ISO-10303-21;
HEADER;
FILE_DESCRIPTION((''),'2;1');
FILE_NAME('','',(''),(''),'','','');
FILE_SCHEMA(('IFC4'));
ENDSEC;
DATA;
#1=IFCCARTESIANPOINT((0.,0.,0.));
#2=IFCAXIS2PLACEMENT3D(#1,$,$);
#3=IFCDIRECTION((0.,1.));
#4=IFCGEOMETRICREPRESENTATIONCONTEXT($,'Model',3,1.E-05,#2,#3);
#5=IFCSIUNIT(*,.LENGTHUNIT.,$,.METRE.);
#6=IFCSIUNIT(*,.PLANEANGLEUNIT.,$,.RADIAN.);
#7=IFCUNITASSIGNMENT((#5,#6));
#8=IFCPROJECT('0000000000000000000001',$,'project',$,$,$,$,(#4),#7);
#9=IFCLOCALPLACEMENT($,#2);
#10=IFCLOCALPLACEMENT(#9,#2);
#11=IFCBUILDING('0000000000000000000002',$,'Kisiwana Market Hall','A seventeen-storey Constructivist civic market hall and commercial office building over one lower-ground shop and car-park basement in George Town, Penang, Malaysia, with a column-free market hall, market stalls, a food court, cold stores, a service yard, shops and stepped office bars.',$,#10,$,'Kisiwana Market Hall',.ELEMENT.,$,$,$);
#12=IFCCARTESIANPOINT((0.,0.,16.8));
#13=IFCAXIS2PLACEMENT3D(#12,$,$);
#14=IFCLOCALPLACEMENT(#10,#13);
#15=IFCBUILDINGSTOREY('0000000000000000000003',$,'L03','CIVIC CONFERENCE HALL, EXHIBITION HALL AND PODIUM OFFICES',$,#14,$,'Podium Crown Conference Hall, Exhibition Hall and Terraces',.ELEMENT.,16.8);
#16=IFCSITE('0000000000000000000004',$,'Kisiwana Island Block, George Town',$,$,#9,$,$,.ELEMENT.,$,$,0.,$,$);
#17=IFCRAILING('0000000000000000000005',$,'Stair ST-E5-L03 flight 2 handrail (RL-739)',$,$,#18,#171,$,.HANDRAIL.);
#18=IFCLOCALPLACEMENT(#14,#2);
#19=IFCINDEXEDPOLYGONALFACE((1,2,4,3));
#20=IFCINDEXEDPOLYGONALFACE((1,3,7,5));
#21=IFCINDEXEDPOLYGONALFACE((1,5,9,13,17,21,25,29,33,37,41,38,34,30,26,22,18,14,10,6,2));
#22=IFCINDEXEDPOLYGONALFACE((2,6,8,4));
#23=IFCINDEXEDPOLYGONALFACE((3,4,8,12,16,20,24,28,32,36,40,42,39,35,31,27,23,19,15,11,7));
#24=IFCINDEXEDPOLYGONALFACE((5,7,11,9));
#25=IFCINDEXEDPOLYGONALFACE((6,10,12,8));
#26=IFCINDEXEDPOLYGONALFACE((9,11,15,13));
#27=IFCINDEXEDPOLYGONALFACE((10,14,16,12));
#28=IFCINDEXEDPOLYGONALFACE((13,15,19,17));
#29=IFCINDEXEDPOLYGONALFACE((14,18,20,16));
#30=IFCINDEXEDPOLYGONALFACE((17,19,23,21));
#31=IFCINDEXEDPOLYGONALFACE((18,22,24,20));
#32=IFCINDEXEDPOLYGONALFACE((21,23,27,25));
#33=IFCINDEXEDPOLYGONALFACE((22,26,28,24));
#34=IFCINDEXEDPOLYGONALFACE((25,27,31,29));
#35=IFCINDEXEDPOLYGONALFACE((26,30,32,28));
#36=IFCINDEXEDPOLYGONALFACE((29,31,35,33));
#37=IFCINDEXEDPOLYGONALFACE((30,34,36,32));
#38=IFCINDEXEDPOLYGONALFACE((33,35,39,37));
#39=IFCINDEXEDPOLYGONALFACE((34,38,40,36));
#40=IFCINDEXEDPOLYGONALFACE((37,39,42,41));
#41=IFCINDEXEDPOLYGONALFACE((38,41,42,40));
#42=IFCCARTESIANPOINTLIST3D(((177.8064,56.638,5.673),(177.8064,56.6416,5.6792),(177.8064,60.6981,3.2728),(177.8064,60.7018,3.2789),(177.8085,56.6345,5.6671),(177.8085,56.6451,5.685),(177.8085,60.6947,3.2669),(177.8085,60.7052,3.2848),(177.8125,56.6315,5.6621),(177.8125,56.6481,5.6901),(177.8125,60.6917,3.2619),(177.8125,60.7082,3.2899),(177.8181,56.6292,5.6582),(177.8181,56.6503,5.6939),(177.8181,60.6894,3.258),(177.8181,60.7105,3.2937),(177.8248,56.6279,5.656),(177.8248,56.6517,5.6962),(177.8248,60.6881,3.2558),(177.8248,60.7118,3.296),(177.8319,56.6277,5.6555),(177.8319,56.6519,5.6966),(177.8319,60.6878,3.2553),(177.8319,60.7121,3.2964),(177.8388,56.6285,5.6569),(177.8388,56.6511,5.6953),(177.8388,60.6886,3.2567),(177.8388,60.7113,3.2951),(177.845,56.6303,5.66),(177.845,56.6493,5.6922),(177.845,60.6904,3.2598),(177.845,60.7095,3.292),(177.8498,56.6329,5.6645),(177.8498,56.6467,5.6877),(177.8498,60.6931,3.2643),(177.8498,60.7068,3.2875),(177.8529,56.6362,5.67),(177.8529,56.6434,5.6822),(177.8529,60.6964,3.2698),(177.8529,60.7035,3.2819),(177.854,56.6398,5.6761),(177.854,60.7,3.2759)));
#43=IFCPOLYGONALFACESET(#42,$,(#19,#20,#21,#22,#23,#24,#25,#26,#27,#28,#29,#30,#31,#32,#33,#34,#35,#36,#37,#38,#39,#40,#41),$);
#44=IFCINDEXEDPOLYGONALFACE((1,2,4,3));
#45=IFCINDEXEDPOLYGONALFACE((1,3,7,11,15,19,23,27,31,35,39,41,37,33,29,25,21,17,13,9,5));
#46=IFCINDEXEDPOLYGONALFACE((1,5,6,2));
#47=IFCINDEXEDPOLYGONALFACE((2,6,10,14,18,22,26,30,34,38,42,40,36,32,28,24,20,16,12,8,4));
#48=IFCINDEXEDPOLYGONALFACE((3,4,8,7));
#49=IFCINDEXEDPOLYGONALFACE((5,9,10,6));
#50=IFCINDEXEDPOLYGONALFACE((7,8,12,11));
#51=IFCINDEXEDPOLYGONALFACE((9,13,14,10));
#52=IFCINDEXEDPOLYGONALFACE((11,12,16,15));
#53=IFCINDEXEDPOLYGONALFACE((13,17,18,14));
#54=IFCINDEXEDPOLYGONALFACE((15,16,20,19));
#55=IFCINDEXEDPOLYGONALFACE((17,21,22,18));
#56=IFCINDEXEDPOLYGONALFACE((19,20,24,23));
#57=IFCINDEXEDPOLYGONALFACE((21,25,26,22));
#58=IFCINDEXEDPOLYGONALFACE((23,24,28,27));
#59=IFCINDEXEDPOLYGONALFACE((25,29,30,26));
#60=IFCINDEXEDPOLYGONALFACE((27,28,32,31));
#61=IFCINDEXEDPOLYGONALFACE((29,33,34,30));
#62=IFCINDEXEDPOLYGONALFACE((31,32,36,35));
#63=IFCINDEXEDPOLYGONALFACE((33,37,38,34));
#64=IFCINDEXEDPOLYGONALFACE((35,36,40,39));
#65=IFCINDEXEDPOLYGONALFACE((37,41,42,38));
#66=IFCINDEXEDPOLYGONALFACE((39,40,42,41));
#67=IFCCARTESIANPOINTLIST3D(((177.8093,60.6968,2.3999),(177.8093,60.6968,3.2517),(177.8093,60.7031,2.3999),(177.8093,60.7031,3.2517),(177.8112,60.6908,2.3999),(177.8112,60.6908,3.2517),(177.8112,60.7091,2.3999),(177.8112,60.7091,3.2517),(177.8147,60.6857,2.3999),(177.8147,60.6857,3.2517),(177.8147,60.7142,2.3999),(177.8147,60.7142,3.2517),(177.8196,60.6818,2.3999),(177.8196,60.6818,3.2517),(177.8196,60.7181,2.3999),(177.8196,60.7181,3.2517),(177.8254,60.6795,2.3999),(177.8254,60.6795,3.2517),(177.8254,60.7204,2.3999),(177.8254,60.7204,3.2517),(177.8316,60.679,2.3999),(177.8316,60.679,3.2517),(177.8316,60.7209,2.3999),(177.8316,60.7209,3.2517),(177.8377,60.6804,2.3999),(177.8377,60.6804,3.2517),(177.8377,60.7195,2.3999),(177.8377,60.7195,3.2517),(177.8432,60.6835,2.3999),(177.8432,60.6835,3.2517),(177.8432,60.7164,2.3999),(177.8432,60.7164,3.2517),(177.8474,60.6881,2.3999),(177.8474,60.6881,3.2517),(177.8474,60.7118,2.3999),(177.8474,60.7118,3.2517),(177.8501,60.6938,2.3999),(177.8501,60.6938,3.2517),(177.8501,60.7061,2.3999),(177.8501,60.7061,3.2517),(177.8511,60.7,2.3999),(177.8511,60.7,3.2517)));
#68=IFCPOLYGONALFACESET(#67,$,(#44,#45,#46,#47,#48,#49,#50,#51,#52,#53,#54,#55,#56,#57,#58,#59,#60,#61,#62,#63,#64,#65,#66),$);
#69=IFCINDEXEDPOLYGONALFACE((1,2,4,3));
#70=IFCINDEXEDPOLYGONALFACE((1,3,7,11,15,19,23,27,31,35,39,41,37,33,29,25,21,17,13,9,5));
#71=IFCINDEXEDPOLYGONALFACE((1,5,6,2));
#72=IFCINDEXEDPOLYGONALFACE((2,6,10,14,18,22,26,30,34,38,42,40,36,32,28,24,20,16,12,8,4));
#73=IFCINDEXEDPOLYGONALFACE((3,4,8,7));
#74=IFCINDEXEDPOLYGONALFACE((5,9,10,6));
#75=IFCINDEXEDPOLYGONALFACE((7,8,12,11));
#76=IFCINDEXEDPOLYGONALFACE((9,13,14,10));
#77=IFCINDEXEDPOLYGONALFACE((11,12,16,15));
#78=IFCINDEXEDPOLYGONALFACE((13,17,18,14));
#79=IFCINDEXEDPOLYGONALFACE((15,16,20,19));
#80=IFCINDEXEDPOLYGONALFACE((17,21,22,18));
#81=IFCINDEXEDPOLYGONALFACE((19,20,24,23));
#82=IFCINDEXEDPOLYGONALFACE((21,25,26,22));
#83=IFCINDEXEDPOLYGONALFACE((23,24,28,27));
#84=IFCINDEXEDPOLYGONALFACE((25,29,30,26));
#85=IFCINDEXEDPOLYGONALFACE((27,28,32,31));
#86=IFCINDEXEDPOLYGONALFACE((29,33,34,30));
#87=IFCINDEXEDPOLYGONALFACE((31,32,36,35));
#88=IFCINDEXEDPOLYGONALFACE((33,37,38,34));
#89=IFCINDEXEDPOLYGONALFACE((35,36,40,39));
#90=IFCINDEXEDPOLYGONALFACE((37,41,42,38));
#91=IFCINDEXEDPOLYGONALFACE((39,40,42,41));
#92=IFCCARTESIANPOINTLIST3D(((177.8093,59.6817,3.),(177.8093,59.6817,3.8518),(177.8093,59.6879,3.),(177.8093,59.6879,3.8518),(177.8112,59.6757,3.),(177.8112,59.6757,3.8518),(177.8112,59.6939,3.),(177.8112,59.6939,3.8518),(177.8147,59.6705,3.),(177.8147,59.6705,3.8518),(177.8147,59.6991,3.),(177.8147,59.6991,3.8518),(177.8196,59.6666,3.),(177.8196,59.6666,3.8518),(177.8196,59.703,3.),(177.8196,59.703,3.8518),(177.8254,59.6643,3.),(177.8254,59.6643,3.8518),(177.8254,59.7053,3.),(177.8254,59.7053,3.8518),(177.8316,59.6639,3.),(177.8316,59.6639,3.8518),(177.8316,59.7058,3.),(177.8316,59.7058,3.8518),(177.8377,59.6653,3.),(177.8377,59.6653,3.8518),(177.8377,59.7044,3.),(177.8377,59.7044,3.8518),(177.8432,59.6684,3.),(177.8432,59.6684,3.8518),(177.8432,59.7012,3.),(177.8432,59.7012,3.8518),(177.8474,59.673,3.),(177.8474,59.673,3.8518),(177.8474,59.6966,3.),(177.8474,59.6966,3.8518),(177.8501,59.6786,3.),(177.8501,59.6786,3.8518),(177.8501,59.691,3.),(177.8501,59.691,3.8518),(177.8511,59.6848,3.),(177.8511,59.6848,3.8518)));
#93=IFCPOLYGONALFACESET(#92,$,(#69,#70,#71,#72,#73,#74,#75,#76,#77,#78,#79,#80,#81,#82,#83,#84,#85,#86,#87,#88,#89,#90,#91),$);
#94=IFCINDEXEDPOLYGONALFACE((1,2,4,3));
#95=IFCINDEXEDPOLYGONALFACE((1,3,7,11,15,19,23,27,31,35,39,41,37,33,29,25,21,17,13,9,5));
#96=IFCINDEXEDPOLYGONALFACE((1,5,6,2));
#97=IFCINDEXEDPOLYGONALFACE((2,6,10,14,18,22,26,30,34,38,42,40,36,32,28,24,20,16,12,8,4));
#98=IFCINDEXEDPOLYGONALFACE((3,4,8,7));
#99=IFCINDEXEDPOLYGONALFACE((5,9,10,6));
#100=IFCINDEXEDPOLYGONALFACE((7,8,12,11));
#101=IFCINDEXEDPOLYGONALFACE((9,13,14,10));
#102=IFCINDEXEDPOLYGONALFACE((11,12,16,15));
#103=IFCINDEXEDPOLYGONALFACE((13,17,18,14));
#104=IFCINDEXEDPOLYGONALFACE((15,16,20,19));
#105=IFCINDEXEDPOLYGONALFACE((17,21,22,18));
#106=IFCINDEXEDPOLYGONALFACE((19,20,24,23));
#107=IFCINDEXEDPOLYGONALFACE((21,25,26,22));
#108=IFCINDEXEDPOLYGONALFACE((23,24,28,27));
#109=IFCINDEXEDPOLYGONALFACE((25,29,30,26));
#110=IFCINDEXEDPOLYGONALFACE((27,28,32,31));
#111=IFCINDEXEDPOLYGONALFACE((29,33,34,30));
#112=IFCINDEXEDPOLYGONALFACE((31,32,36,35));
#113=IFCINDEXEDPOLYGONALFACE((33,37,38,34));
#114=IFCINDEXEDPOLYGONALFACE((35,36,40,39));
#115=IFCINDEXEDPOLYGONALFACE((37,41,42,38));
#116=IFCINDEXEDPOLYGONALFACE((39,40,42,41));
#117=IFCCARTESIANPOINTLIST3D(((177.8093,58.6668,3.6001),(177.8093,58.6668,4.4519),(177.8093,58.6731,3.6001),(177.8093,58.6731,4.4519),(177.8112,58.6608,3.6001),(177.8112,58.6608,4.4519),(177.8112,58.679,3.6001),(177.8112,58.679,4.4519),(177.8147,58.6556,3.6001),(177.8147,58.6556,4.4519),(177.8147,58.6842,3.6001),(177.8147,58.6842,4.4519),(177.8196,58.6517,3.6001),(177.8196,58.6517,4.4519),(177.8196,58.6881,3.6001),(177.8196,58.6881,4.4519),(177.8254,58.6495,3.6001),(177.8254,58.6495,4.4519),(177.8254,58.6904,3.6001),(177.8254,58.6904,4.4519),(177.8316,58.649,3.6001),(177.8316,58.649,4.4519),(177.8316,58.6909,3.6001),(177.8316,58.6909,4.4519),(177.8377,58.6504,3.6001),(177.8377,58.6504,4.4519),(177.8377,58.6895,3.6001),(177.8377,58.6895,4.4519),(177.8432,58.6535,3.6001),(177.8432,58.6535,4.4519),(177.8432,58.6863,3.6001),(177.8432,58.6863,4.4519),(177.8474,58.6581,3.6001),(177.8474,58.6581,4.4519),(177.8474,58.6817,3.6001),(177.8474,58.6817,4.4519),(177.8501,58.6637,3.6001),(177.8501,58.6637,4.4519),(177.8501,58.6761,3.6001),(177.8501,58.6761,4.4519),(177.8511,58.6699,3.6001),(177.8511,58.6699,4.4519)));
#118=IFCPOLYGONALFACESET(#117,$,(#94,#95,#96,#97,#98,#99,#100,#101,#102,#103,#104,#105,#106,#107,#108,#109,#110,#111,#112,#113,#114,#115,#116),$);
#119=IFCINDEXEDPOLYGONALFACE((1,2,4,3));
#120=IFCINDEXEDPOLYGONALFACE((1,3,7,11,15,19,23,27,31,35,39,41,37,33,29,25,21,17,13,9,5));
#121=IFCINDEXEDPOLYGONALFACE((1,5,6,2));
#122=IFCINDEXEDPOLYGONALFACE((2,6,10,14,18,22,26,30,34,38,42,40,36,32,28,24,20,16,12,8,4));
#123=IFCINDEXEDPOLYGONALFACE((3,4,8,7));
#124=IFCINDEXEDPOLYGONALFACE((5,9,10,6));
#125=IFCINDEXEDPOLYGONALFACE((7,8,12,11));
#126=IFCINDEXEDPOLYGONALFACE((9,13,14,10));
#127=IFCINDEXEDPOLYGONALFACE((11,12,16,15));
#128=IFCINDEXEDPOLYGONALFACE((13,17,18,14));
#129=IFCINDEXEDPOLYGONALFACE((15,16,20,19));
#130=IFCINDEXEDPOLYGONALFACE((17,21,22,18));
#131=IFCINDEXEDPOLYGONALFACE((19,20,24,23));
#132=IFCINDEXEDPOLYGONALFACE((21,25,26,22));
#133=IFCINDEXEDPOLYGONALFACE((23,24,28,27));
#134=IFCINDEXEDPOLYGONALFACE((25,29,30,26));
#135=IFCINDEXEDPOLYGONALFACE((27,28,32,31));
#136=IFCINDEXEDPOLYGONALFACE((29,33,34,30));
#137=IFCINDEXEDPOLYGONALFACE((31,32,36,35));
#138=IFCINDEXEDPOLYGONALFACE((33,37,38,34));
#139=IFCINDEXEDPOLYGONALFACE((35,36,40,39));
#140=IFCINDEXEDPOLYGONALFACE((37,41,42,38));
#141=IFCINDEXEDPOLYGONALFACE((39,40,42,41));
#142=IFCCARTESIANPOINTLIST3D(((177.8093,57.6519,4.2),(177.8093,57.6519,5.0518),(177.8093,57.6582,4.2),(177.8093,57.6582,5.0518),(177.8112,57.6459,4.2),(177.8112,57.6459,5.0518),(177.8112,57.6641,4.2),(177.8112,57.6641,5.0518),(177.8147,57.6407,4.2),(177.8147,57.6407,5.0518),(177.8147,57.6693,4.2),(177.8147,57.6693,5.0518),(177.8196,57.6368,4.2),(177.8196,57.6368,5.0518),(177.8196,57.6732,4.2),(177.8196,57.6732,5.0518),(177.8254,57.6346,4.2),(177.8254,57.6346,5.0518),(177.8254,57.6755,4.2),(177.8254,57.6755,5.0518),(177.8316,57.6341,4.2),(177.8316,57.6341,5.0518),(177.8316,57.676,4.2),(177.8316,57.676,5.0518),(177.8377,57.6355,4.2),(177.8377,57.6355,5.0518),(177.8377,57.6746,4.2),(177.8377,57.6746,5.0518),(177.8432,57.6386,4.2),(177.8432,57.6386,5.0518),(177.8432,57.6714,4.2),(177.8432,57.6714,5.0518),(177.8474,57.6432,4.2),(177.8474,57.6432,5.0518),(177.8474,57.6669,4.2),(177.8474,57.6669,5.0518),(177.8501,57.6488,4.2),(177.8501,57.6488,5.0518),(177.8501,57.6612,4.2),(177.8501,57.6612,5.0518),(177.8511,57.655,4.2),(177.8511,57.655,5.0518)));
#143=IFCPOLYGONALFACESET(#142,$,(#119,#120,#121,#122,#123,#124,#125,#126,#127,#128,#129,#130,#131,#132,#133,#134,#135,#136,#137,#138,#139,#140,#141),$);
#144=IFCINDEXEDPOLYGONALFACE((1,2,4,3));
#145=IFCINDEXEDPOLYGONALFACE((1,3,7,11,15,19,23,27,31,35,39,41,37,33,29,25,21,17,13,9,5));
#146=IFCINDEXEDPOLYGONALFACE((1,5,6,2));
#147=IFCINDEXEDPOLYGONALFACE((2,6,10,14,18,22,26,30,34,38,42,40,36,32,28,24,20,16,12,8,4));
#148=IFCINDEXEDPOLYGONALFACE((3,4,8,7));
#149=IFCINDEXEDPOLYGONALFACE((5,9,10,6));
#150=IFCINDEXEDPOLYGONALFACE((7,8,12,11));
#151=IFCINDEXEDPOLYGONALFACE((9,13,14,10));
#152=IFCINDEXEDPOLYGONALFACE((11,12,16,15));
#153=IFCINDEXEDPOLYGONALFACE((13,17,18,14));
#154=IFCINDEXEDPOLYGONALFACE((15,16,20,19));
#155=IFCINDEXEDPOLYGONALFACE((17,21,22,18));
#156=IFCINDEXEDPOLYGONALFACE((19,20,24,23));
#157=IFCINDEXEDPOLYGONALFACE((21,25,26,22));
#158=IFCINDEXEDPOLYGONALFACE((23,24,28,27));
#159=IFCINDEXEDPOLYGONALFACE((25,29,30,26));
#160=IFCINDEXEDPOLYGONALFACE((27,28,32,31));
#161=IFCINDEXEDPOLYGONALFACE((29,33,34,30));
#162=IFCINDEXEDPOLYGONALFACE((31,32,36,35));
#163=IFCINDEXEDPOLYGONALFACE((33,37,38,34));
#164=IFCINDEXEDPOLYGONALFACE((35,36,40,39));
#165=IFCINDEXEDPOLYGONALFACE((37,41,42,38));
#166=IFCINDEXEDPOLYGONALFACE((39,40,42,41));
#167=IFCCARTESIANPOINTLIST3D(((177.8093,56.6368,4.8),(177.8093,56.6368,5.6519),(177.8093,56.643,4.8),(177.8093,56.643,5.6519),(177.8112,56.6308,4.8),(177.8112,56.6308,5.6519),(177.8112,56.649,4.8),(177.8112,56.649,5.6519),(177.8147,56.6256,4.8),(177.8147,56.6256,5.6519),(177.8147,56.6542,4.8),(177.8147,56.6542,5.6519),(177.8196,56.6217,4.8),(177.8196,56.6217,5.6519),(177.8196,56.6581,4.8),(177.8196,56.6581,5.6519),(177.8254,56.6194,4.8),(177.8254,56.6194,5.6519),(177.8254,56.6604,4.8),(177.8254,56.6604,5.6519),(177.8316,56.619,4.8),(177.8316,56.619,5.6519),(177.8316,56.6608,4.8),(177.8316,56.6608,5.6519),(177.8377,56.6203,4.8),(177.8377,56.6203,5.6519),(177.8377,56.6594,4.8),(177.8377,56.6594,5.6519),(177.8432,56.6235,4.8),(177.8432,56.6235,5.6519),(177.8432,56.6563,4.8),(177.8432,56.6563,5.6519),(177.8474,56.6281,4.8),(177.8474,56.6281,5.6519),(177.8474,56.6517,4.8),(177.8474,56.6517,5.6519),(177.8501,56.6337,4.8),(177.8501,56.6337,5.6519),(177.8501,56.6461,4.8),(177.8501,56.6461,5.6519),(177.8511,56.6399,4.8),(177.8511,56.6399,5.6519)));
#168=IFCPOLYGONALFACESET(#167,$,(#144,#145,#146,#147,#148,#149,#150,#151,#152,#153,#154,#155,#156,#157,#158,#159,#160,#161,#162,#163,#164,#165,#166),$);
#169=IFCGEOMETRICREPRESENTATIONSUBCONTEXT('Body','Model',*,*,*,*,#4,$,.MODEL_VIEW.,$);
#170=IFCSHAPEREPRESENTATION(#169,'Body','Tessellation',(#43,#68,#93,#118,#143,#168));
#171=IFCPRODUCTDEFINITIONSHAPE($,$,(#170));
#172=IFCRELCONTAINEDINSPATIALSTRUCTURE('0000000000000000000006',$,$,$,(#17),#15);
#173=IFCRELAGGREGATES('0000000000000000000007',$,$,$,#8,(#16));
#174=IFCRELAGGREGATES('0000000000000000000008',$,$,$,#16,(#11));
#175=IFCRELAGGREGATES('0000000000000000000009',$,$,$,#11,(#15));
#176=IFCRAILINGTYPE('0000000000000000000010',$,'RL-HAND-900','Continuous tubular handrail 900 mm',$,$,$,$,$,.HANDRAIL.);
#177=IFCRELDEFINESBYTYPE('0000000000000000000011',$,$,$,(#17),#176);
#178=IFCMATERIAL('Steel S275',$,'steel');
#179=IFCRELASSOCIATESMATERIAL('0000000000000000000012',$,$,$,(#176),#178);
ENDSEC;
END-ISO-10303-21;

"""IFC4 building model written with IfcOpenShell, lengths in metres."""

from ifc_helpers import new_model, si_unit, direction, frame, origin, origin_2d, place, context, subcontext, project, spatial, circle, extrude, material, type_object, element, save


model = new_model("IFC4")

# Units and contexts
model_context = context("Model", 3, precision=1e-05, world=origin(), true_north=direction((0.0, 1.0)))
body_context = subcontext(model_context, "Body", "Model", "MODEL_VIEW")
ifc_project = project(units=[si_unit("LENGTHUNIT", "METRE"), si_unit("PLANEANGLEUNIT", "RADIAN")], contexts=[model_context])

# Site, building, storey
site_placement = place(None, origin())
site = spatial("IfcSite", under=ifc_project, at=site_placement, Name="Kisiwana Island Block, George Town", CompositionType="ELEMENT", RefElevation=0.0)
building_placement = place(site_placement, origin())
building = spatial("IfcBuilding", under=site, at=building_placement, Name="Kisiwana Market Hall", Description="A seventeen-storey Constructivist civic market hall and commercial office building over one lower-ground shop and car-park basement in George Town, Penang, Malaysia, with a column-free market hall, market stalls, a food court, cold stores, a service yard, shops and stepped office bars.", LongName="Kisiwana Market Hall", CompositionType="ELEMENT")
storey_placement = place(building_placement, frame((0.0, 0.0, 16.8)))
storey = spatial("IfcBuildingStorey", under=building, at=storey_placement, Name="L03", Description="CIVIC CONFERENCE HALL, EXHIBITION HALL AND PODIUM OFFICES", LongName="Podium Crown Conference Hall, Exhibition Hall and Terraces", CompositionType="ELEMENT", Elevation=16.8)

# Railing
ifc_material_1 = material(Name="Steel S275", Category="steel")
railing_type_1 = type_object("IfcRailingType", Name="RL-HAND-900", Description="Continuous tubular handrail 900 mm", PredefinedType="HANDRAIL", material=ifc_material_1)
for number, where, name in (
    (1, (177.8301, 60.7, 2.3999), "Stair ST-E5-L03 flight 2 handrail (RL-739)"),
):
    element("IfcRailing", number, at=place(storey_placement, frame(where)), inside=storey, type_object=railing_type_1, Name=name, PredefinedType="HANDRAIL", context=body_context, shape_type="SweptSolid", body=[
        extrude(circle(Radius=0.0239, at=origin_2d()), frame((0.0, 0.0, 0.876), z_axis=(0.0, -0.860832, 0.50889), x_axis=(1.0, 0.0, 0.0)), (0.0, 0.0, 1.0), 4.7166),
        extrude(circle(Radius=0.021, at=origin_2d()), origin(), (0.0, 0.0, 1.0), 0.8518),
        extrude(circle(Radius=0.021, at=origin_2d()), frame((0.0, -1.0151, 0.6001)), (0.0, 0.0, 1.0), 0.8518),
        extrude(circle(Radius=0.021, at=origin_2d()), frame((0.0, -2.03, 1.2002)), (0.0, 0.0, 1.0), 0.8518),
        extrude(circle(Radius=0.021, at=origin_2d()), frame((0.0, -3.0449, 1.8)), (0.0, 0.0, 1.0), 0.8518),
        extrude(circle(Radius=0.021, at=origin_2d()), frame((0.0, -4.0601, 2.4001)), (0.0, 0.0, 1.0), 0.8518),
    ])

save(model, "model.ifc")
